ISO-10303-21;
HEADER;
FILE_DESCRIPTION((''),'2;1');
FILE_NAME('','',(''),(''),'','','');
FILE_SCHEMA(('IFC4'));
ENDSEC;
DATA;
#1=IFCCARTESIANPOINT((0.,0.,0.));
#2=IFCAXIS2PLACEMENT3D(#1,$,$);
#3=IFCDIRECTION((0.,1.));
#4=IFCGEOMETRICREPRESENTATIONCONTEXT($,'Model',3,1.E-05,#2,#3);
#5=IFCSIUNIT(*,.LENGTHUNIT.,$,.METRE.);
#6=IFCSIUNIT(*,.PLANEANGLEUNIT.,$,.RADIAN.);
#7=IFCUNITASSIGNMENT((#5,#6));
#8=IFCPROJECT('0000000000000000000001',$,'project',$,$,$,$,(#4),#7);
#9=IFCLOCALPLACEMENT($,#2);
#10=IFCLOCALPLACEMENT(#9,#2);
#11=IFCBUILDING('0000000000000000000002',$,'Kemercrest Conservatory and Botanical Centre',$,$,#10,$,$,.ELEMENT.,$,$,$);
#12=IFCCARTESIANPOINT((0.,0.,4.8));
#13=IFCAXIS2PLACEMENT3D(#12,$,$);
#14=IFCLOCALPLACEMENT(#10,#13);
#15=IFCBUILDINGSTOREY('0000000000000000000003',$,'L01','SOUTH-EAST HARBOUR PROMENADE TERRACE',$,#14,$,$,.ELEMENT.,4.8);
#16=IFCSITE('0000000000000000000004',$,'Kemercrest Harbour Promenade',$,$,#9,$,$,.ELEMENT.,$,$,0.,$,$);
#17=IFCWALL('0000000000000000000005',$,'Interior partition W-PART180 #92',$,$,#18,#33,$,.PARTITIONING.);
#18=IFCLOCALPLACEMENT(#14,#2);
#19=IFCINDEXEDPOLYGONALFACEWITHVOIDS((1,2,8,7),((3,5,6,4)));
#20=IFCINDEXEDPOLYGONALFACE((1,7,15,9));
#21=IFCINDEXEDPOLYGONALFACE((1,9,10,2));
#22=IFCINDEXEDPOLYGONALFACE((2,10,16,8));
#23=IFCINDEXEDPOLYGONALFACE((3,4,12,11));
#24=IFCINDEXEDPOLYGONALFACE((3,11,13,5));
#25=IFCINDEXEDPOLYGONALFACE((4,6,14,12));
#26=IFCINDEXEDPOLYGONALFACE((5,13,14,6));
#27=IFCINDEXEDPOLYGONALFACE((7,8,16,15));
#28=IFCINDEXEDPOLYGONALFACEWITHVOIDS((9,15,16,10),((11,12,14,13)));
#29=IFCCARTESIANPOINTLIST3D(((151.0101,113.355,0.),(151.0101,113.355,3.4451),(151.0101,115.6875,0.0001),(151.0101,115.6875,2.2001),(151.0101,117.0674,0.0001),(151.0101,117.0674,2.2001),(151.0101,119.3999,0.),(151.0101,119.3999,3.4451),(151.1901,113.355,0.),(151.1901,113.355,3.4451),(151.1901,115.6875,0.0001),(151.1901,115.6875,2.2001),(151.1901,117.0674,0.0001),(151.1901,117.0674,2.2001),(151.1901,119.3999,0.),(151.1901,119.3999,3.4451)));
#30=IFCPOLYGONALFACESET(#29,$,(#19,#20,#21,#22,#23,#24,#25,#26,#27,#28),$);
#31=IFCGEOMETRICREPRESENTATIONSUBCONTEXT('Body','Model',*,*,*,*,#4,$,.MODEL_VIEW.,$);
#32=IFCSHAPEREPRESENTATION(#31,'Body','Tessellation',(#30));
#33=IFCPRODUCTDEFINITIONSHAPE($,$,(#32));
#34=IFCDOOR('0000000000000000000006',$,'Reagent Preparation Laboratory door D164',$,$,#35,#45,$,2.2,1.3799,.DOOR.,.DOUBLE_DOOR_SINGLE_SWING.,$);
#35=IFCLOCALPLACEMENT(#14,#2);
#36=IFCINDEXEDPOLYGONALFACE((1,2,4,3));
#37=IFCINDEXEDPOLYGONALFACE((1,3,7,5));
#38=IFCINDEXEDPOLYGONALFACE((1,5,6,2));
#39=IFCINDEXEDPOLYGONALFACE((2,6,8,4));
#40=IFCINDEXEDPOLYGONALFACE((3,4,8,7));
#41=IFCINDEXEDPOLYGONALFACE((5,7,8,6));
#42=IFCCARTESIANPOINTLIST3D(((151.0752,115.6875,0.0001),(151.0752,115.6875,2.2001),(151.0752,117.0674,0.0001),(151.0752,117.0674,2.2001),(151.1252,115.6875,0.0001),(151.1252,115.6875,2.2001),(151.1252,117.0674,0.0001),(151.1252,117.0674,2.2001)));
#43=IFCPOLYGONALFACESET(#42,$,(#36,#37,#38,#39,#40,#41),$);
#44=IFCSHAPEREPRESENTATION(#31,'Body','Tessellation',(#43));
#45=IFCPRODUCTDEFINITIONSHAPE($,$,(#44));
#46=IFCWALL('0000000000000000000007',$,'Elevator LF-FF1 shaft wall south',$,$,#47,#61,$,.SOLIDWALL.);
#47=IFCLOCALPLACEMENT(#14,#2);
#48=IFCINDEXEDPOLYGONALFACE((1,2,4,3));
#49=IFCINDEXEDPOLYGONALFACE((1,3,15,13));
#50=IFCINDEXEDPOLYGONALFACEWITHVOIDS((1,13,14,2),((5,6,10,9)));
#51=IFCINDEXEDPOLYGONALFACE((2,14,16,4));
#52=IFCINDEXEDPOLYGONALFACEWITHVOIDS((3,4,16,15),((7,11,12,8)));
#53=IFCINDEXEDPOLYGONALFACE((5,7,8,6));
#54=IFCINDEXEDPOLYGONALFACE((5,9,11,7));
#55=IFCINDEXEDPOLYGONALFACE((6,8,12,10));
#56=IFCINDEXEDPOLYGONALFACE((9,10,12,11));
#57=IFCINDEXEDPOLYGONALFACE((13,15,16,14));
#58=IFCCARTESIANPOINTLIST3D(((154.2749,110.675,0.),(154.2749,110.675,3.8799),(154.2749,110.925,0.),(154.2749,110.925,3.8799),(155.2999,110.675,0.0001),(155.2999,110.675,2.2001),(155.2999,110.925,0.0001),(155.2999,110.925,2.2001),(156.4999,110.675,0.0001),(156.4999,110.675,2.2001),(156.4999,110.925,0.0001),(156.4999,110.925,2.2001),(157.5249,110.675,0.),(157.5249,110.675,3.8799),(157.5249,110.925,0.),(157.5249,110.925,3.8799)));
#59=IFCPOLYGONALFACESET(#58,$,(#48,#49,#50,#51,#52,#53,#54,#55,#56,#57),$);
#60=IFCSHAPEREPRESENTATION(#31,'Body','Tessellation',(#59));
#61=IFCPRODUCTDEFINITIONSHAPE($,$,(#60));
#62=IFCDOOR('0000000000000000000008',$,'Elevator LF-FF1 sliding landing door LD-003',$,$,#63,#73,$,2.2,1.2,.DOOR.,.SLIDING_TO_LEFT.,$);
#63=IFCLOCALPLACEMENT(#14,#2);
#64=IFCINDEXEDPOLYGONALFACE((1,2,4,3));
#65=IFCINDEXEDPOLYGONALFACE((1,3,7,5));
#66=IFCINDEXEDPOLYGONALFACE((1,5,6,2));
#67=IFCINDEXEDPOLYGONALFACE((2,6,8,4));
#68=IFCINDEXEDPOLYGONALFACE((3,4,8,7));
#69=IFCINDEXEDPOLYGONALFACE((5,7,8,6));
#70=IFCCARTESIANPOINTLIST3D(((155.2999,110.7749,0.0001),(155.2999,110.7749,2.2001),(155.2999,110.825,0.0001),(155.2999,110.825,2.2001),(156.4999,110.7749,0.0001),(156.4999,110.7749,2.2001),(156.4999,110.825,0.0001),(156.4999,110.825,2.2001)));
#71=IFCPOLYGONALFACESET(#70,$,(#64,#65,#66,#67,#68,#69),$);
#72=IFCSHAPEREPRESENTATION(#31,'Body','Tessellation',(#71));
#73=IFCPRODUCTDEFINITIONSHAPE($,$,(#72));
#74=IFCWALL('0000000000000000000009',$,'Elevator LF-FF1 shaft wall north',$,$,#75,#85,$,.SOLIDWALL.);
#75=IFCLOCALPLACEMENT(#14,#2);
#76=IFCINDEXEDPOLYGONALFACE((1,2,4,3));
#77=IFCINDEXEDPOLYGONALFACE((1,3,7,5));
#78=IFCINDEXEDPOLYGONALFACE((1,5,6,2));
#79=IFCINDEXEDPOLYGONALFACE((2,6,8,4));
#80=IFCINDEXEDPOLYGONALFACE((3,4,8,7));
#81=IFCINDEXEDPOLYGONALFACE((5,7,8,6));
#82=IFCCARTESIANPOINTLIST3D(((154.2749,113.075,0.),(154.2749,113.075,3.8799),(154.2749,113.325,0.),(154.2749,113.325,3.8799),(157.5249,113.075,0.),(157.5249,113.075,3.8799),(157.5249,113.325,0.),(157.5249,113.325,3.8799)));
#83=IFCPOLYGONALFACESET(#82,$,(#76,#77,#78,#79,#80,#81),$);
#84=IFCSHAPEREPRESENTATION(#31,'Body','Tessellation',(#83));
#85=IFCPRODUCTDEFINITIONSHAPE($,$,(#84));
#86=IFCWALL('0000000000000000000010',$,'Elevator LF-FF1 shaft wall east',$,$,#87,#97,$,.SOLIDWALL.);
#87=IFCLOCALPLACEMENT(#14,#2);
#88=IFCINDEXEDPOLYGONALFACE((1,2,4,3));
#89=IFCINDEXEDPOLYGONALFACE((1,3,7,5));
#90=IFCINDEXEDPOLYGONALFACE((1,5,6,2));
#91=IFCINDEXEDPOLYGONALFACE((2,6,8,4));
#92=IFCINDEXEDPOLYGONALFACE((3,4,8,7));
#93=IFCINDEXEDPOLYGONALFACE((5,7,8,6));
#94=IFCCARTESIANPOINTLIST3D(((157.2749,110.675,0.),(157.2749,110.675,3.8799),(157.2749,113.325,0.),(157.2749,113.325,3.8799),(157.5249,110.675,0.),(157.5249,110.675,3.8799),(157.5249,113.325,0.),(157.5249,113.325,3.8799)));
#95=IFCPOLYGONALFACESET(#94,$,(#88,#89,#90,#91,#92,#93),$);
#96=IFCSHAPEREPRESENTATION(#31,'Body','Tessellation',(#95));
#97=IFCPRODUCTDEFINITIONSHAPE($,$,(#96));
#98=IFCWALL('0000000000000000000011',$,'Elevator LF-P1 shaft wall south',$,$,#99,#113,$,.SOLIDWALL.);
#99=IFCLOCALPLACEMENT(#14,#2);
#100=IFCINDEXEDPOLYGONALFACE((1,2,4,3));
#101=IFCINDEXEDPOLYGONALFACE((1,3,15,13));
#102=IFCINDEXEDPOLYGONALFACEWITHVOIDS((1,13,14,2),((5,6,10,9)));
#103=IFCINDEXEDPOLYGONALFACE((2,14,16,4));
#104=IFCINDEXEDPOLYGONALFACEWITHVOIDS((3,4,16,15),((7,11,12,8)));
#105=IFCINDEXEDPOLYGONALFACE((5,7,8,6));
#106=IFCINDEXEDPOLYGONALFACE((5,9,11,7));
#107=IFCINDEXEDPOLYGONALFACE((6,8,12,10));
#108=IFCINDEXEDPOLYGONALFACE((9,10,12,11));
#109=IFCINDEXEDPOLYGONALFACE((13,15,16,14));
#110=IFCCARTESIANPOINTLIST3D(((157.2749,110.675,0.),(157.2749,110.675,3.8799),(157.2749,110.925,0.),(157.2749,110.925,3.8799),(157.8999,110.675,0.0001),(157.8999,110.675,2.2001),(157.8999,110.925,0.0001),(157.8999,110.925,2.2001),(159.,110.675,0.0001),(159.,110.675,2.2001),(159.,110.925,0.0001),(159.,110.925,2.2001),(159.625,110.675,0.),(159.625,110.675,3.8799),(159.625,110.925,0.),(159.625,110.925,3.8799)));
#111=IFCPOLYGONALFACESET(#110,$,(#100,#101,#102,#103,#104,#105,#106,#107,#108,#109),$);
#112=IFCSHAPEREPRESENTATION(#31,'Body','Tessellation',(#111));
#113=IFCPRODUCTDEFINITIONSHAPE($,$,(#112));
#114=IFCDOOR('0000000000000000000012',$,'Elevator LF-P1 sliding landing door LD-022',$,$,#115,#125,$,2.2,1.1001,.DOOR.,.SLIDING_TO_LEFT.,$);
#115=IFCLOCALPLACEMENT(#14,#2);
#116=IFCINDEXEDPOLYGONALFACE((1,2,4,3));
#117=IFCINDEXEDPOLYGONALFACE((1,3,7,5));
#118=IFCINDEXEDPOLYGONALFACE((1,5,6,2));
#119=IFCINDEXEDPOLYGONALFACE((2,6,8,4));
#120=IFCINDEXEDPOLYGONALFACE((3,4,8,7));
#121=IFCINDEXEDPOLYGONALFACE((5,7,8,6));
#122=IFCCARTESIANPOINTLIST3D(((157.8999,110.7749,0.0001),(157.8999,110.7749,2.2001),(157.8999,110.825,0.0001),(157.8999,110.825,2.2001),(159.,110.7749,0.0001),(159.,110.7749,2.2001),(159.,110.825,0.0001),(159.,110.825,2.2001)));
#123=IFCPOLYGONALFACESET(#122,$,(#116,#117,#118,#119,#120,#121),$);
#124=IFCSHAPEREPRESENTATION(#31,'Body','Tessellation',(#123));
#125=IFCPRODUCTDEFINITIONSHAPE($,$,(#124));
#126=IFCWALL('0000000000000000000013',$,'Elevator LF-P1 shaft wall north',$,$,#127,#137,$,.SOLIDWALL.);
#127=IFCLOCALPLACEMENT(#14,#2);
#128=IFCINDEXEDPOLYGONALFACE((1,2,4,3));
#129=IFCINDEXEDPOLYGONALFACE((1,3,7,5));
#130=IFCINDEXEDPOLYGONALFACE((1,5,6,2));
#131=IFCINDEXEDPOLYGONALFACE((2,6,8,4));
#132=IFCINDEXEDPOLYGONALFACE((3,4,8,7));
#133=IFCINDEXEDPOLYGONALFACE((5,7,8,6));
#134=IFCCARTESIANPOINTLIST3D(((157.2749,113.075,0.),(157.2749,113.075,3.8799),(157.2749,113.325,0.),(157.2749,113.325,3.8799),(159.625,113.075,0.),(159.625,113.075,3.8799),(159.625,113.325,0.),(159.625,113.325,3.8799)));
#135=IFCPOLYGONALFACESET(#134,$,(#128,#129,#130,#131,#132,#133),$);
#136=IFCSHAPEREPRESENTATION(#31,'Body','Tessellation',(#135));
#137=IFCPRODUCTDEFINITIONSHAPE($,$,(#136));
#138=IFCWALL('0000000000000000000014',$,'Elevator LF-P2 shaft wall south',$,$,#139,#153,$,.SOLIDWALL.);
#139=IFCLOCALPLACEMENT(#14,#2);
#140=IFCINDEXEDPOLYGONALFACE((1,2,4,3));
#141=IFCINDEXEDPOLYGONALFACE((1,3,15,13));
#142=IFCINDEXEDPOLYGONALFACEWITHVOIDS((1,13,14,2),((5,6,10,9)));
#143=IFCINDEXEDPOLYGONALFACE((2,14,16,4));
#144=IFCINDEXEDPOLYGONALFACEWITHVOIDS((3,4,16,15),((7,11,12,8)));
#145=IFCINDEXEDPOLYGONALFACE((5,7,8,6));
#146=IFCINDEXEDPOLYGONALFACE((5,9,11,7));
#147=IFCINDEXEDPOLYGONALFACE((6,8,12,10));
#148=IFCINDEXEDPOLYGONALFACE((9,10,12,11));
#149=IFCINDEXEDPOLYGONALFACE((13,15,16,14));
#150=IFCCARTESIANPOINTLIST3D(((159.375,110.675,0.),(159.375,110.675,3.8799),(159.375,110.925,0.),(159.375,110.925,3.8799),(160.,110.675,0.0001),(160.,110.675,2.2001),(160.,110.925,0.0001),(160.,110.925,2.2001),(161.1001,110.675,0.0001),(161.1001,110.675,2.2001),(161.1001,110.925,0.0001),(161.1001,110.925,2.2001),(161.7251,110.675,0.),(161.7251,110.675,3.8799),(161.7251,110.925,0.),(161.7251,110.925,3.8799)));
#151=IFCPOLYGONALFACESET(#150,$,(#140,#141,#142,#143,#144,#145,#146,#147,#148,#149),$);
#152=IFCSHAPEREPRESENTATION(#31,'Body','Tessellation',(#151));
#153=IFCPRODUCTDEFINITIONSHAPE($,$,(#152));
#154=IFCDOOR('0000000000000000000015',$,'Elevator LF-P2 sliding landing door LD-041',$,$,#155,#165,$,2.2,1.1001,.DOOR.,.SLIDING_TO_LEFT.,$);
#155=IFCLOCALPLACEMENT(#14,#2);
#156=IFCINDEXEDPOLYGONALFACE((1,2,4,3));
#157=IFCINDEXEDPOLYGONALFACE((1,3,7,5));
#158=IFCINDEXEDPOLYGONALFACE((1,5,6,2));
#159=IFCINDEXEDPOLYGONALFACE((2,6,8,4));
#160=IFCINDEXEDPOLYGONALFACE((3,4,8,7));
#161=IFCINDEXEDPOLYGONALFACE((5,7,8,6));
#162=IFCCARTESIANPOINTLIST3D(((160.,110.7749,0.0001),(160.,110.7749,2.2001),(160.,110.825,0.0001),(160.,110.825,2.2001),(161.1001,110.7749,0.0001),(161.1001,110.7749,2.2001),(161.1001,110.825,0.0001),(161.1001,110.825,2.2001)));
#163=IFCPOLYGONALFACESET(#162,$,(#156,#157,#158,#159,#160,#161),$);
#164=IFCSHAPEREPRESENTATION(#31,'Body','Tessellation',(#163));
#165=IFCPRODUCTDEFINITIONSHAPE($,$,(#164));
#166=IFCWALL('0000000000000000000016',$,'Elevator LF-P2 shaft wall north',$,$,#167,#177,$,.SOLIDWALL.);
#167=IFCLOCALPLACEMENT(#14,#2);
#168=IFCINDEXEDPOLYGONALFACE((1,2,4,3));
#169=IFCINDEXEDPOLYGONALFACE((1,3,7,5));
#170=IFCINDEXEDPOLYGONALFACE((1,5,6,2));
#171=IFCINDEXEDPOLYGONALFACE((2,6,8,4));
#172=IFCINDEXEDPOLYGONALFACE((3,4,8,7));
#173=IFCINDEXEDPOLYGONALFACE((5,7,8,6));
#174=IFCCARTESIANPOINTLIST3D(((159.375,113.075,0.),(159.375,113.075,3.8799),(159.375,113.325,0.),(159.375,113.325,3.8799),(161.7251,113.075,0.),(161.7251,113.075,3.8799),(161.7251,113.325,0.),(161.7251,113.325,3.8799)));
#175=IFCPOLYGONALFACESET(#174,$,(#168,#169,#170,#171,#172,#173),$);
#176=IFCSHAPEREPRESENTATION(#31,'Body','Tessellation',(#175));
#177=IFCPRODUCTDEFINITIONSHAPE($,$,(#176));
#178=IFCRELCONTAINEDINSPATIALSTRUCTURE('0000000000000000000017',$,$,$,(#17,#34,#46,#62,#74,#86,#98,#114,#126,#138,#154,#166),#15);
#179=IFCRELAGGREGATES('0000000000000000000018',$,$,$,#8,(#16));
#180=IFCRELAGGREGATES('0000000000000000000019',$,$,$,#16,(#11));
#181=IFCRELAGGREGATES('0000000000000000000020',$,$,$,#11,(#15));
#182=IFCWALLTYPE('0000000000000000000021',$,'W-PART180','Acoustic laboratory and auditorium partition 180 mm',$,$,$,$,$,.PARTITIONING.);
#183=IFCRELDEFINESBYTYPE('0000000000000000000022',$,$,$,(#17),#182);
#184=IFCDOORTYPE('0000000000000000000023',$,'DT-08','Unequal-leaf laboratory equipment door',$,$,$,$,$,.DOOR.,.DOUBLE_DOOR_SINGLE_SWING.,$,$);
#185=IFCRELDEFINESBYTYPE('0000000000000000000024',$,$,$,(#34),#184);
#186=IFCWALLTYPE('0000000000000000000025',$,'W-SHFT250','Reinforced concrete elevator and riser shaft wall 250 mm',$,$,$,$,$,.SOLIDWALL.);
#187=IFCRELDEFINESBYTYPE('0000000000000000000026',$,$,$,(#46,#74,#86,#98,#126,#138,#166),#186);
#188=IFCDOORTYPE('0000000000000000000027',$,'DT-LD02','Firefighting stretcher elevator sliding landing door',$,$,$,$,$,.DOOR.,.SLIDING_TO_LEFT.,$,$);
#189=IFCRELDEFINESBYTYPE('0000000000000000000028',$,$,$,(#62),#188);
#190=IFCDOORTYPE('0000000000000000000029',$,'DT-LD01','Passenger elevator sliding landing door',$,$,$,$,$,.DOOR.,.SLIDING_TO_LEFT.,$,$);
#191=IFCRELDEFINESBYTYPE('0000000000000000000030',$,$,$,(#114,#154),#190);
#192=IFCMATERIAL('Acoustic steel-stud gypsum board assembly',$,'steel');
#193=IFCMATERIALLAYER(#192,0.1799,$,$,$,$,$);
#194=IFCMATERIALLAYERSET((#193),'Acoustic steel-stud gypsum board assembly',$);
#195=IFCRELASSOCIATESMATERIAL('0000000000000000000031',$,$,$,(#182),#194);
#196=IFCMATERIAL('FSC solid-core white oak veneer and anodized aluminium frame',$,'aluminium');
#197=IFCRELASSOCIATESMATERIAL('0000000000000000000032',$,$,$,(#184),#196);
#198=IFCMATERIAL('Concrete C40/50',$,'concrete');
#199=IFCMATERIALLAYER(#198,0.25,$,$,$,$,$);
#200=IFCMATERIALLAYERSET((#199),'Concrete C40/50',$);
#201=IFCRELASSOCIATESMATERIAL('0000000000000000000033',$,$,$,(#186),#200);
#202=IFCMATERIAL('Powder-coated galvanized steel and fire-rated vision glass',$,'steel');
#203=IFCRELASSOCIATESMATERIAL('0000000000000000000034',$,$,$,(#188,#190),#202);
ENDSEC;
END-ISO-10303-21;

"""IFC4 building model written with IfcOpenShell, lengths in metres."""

from ifc_helpers import new_model, si_unit, direction, frame, frame_2d, origin, place, context, subcontext, project, spatial, rectangle, extrude, material, layer, layer_set, type_object, element, fill, save


model = new_model("IFC4")

# Units and contexts
model_context = context("Model", 3, precision=1e-05, world=origin(), true_north=direction((0.0, 1.0)))
body_context = subcontext(model_context, "Body", "Model", "MODEL_VIEW")
ifc_project = project(units=[si_unit("LENGTHUNIT", "METRE"), si_unit("PLANEANGLEUNIT", "RADIAN")], contexts=[model_context])

# Site, building, storey
site_placement = place(None, origin())
site = spatial("IfcSite", under=ifc_project, at=site_placement, Name="Kemercrest Harbour Promenade", CompositionType="ELEMENT", RefElevation=0.0)
building_placement = place(site_placement, origin())
building = spatial("IfcBuilding", under=site, at=building_placement, Name="Kemercrest Conservatory and Botanical Centre", CompositionType="ELEMENT")
storey_placement = place(building_placement, frame((0.0, 0.0, 4.8)))
storey = spatial("IfcBuildingStorey", under=building, at=storey_placement, Name="L01", Description="SOUTH-EAST HARBOUR PROMENADE TERRACE", CompositionType="ELEMENT", Elevation=4.8)

# Shared definitions
ifc_material_1 = material(Name="Concrete C40/50", Category="concrete")

# Walls, openings, doors
ifc_material_2 = material(Name="Acoustic steel-stud gypsum board assembly", Category="steel")
ifc_layer_1 = layer(ifc_material_2, 0.1799)
ifc_layer_set_1 = layer_set([ifc_layer_1], Name="Acoustic steel-stud gypsum board assembly")
wall_type_1 = type_object("IfcWallType", Name="W-PART180", Description="Acoustic laboratory and auditorium partition 180 mm", PredefinedType="PARTITIONING", material=ifc_layer_set_1)
wall_1_placement = place(storey_placement, frame((151.1001, 113.355, 0.0), z_axis=(0.0, 0.0, 1.0), x_axis=(0.0, 1.0, 0.0)))
wall_1 = element("IfcWall", 1, at=wall_1_placement, inside=storey, type_object=wall_type_1, Name="Interior partition W-PART180 #92", PredefinedType="PARTITIONING", context=body_context, shape_type="SweptSolid", body=[
    extrude(rectangle(XDim=6.0449, YDim=0.1799, at=frame_2d((3.0225, 0.0))), origin(), (0.0, 0.0, 1.0), 3.4451),
])
opening_1_placement = place(wall_1_placement, frame((2.3325, 0.0, 0.0)))
opening_1 = element("IfcOpeningElement", 2, at=opening_1_placement, cuts=wall_1, PredefinedType="OPENING", context=body_context, shape_type="SweptSolid", body=[
    extrude(rectangle(XDim=1.3799, YDim=2.2, at=frame_2d((0.6899, 1.1001))), frame((0.0, 0.1001, 0.0), z_axis=(0.0, -1.0, 0.0), x_axis=(1.0, 0.0, 0.0)), (0.0, 0.0, 1.0), 0.2),
])
ifc_material_3 = material(Name="FSC solid-core white oak veneer and anodized aluminium frame", Category="aluminium")
door_type_1 = type_object("IfcDoorType", Name="DT-08", Description="Unequal-leaf laboratory equipment door", OperationType="DOUBLE_DOOR_SINGLE_SWING", PredefinedType="DOOR", material=ifc_material_3)
door_1_placement = place(opening_1_placement, origin())
door_1 = element("IfcDoor", 3, at=door_1_placement, inside=storey, type_object=door_type_1, Name="Reagent Preparation Laboratory door D164", OperationType="DOUBLE_DOOR_SINGLE_SWING", OverallHeight=2.2, OverallWidth=1.3799, PredefinedType="DOOR", context=body_context, shape_type="SweptSolid", body=[
    extrude(rectangle(XDim=1.3799, YDim=2.2, at=frame_2d((0.6899, 1.1001))), frame((0.0, 0.0249, 0.0), z_axis=(0.0, -1.0, 0.0), x_axis=(1.0, 0.0, 0.0)), (0.0, 0.0, 1.0), 0.05),
])
fill(opening_1, door_1)
ifc_layer_2 = layer(ifc_material_1, 0.25)
ifc_layer_set_2 = layer_set([ifc_layer_2], Name="Concrete C40/50")
wall_type_2 = type_object("IfcWallType", Name="W-SHFT250", Description="Reinforced concrete elevator and riser shaft wall 250 mm", PredefinedType="SOLIDWALL", material=ifc_layer_set_2)
wall_2_placement = place(storey_placement, frame((154.2749, 110.8, 0.0), z_axis=(0.0, 0.0, 1.0), x_axis=(1.0, 0.0, 0.0)))
wall_2 = element("IfcWall", 4, at=wall_2_placement, inside=storey, type_object=wall_type_2, Name="Elevator LF-FF1 shaft wall south", PredefinedType="SOLIDWALL", context=body_context, shape_type="SweptSolid", body=[
    extrude(rectangle(XDim=3.25, YDim=0.25, at=frame_2d((1.625, 0.0))), origin(), (0.0, 0.0, 1.0), 3.8799),
])
opening_2_placement = place(wall_2_placement, frame((1.0249, 0.0, 0.0)))
opening_2 = element("IfcOpeningElement", 5, at=opening_2_placement, cuts=wall_2, PredefinedType="OPENING", context=body_context, shape_type="SweptSolid", body=[
    extrude(rectangle(XDim=1.2, YDim=2.2, at=frame_2d((0.6001, 1.1001))), frame((0.0, 0.135, 0.0), z_axis=(0.0, -1.0, 0.0), x_axis=(1.0, 0.0, 0.0)), (0.0, 0.0, 1.0), 0.27),
])
ifc_material_4 = material(Name="Powder-coated galvanized steel and fire-rated vision glass", Category="steel")
door_type_2 = type_object("IfcDoorType", Name="DT-LD02", Description="Firefighting stretcher elevator sliding landing door", OperationType="SLIDING_TO_LEFT", PredefinedType="DOOR", material=ifc_material_4)
door_2_placement = place(opening_2_placement, origin())
door_2 = element("IfcDoor", 6, at=door_2_placement, inside=storey, type_object=door_type_2, Name="Elevator LF-FF1 sliding landing door LD-003", OperationType="SLIDING_TO_LEFT", OverallHeight=2.2, OverallWidth=1.2, PredefinedType="DOOR", context=body_context, shape_type="SweptSolid", body=[
    extrude(rectangle(XDim=1.2, YDim=2.2, at=frame_2d((0.6001, 1.1001))), frame((0.0, 0.0249, 0.0), z_axis=(0.0, -1.0, 0.0), x_axis=(1.0, 0.0, 0.0)), (0.0, 0.0, 1.0), 0.05),
])
fill(opening_2, door_2)

# Walls
wall_3_placement = place(storey_placement, frame((154.2749, 113.2, 0.0), z_axis=(0.0, 0.0, 1.0), x_axis=(1.0, 0.0, 0.0)))
element("IfcWall", 7, at=wall_3_placement, inside=storey, type_object=wall_type_2, Name="Elevator LF-FF1 shaft wall north", PredefinedType="SOLIDWALL", context=body_context, shape_type="SweptSolid", body=[
    extrude(rectangle(XDim=3.25, YDim=0.25, at=frame_2d((1.625, 0.0))), origin(), (0.0, 0.0, 1.0), 3.8799),
])
wall_4_placement = place(storey_placement, frame((157.3999, 110.675, 0.0), z_axis=(0.0, 0.0, 1.0), x_axis=(0.0, 1.0, 0.0)))
element("IfcWall", 8, at=wall_4_placement, inside=storey, type_object=wall_type_2, Name="Elevator LF-FF1 shaft wall east", PredefinedType="SOLIDWALL", context=body_context, shape_type="SweptSolid", body=[
    extrude(rectangle(XDim=2.6499, YDim=0.25, at=frame_2d((1.325, 0.0))), origin(), (0.0, 0.0, 1.0), 3.8799),
])

# Wall, opening, door
wall_5_placement = place(storey_placement, frame((157.2749, 110.8, 0.0), z_axis=(0.0, 0.0, 1.0), x_axis=(1.0, 0.0, 0.0)))
wall_5 = element("IfcWall", 9, at=wall_5_placement, inside=storey, type_object=wall_type_2, Name="Elevator LF-P1 shaft wall south", PredefinedType="SOLIDWALL", context=body_context, shape_type="SweptSolid", body=[
    extrude(rectangle(XDim=2.3501, YDim=0.25, at=frame_2d((1.175, 0.0))), origin(), (0.0, 0.0, 1.0), 3.8799),
])
opening_3_placement = place(wall_5_placement, frame((0.625, 0.0, 0.0)))
opening_3 = element("IfcOpeningElement", 10, at=opening_3_placement, cuts=wall_5, PredefinedType="OPENING", context=body_context, shape_type="SweptSolid", body=[
    extrude(rectangle(XDim=1.1001, YDim=2.2, at=frame_2d((0.55, 1.1001))), frame((0.0, 0.135, 0.0), z_axis=(0.0, -1.0, 0.0), x_axis=(1.0, 0.0, 0.0)), (0.0, 0.0, 1.0), 0.27),
])
door_type_3 = type_object("IfcDoorType", Name="DT-LD01", Description="Passenger elevator sliding landing door", OperationType="SLIDING_TO_LEFT", PredefinedType="DOOR", material=ifc_material_4)
door_3_placement = place(opening_3_placement, origin())
door_3 = element("IfcDoor", 11, at=door_3_placement, inside=storey, type_object=door_type_3, Name="Elevator LF-P1 sliding landing door LD-022", OperationType="SLIDING_TO_LEFT", OverallHeight=2.2, OverallWidth=1.1001, PredefinedType="DOOR", context=body_context, shape_type="SweptSolid", body=[
    extrude(rectangle(XDim=1.1001, YDim=2.2, at=frame_2d((0.55, 1.1001))), frame((0.0, 0.0249, 0.0), z_axis=(0.0, -1.0, 0.0), x_axis=(1.0, 0.0, 0.0)), (0.0, 0.0, 1.0), 0.05),
])
fill(opening_3, door_3)

# Wall
wall_6_placement = place(storey_placement, frame((157.2749, 113.2, 0.0), z_axis=(0.0, 0.0, 1.0), x_axis=(1.0, 0.0, 0.0)))
element("IfcWall", 12, at=wall_6_placement, inside=storey, type_object=wall_type_2, Name="Elevator LF-P1 shaft wall north", PredefinedType="SOLIDWALL", context=body_context, shape_type="SweptSolid", body=[
    extrude(rectangle(XDim=2.3501, YDim=0.25, at=frame_2d((1.175, 0.0))), origin(), (0.0, 0.0, 1.0), 3.8799),
])

# Wall, opening, door
wall_7_placement = place(storey_placement, frame((159.375, 110.8, 0.0), z_axis=(0.0, 0.0, 1.0), x_axis=(1.0, 0.0, 0.0)))
wall_7 = element("IfcWall", 13, at=wall_7_placement, inside=storey, type_object=wall_type_2, Name="Elevator LF-P2 shaft wall south", PredefinedType="SOLIDWALL", context=body_context, shape_type="SweptSolid", body=[
    extrude(rectangle(XDim=2.3501, YDim=0.25, at=frame_2d((1.175, 0.0))), origin(), (0.0, 0.0, 1.0), 3.8799),
])
opening_4_placement = place(wall_7_placement, frame((0.625, 0.0, 0.0)))
opening_4 = element("IfcOpeningElement", 14, at=opening_4_placement, cuts=wall_7, PredefinedType="OPENING", context=body_context, shape_type="SweptSolid", body=[
    extrude(rectangle(XDim=1.1001, YDim=2.2, at=frame_2d((0.55, 1.1001))), frame((0.0, 0.135, 0.0), z_axis=(0.0, -1.0, 0.0), x_axis=(1.0, 0.0, 0.0)), (0.0, 0.0, 1.0), 0.27),
])
door_4_placement = place(opening_4_placement, origin())
door_4 = element("IfcDoor", 15, at=door_4_placement, inside=storey, type_object=door_type_3, Name="Elevator LF-P2 sliding landing door LD-041", OperationType="SLIDING_TO_LEFT", OverallHeight=2.2, OverallWidth=1.1001, PredefinedType="DOOR", context=body_context, shape_type="SweptSolid", body=[
    extrude(rectangle(XDim=1.1001, YDim=2.2, at=frame_2d((0.55, 1.1001))), frame((0.0, 0.0249, 0.0), z_axis=(0.0, -1.0, 0.0), x_axis=(1.0, 0.0, 0.0)), (0.0, 0.0, 1.0), 0.05),
])
fill(opening_4, door_4)

# Wall
wall_8_placement = place(storey_placement, frame((159.375, 113.2, 0.0), z_axis=(0.0, 0.0, 1.0), x_axis=(1.0, 0.0, 0.0)))
element("IfcWall", 16, at=wall_8_placement, inside=storey, type_object=wall_type_2, Name="Elevator LF-P2 shaft wall north", PredefinedType="SOLIDWALL", context=body_context, shape_type="SweptSolid", body=[
    extrude(rectangle(XDim=2.3501, YDim=0.25, at=frame_2d((1.175, 0.0))), origin(), (0.0, 0.0, 1.0), 3.8799),
])

save(model, "model.ifc")
